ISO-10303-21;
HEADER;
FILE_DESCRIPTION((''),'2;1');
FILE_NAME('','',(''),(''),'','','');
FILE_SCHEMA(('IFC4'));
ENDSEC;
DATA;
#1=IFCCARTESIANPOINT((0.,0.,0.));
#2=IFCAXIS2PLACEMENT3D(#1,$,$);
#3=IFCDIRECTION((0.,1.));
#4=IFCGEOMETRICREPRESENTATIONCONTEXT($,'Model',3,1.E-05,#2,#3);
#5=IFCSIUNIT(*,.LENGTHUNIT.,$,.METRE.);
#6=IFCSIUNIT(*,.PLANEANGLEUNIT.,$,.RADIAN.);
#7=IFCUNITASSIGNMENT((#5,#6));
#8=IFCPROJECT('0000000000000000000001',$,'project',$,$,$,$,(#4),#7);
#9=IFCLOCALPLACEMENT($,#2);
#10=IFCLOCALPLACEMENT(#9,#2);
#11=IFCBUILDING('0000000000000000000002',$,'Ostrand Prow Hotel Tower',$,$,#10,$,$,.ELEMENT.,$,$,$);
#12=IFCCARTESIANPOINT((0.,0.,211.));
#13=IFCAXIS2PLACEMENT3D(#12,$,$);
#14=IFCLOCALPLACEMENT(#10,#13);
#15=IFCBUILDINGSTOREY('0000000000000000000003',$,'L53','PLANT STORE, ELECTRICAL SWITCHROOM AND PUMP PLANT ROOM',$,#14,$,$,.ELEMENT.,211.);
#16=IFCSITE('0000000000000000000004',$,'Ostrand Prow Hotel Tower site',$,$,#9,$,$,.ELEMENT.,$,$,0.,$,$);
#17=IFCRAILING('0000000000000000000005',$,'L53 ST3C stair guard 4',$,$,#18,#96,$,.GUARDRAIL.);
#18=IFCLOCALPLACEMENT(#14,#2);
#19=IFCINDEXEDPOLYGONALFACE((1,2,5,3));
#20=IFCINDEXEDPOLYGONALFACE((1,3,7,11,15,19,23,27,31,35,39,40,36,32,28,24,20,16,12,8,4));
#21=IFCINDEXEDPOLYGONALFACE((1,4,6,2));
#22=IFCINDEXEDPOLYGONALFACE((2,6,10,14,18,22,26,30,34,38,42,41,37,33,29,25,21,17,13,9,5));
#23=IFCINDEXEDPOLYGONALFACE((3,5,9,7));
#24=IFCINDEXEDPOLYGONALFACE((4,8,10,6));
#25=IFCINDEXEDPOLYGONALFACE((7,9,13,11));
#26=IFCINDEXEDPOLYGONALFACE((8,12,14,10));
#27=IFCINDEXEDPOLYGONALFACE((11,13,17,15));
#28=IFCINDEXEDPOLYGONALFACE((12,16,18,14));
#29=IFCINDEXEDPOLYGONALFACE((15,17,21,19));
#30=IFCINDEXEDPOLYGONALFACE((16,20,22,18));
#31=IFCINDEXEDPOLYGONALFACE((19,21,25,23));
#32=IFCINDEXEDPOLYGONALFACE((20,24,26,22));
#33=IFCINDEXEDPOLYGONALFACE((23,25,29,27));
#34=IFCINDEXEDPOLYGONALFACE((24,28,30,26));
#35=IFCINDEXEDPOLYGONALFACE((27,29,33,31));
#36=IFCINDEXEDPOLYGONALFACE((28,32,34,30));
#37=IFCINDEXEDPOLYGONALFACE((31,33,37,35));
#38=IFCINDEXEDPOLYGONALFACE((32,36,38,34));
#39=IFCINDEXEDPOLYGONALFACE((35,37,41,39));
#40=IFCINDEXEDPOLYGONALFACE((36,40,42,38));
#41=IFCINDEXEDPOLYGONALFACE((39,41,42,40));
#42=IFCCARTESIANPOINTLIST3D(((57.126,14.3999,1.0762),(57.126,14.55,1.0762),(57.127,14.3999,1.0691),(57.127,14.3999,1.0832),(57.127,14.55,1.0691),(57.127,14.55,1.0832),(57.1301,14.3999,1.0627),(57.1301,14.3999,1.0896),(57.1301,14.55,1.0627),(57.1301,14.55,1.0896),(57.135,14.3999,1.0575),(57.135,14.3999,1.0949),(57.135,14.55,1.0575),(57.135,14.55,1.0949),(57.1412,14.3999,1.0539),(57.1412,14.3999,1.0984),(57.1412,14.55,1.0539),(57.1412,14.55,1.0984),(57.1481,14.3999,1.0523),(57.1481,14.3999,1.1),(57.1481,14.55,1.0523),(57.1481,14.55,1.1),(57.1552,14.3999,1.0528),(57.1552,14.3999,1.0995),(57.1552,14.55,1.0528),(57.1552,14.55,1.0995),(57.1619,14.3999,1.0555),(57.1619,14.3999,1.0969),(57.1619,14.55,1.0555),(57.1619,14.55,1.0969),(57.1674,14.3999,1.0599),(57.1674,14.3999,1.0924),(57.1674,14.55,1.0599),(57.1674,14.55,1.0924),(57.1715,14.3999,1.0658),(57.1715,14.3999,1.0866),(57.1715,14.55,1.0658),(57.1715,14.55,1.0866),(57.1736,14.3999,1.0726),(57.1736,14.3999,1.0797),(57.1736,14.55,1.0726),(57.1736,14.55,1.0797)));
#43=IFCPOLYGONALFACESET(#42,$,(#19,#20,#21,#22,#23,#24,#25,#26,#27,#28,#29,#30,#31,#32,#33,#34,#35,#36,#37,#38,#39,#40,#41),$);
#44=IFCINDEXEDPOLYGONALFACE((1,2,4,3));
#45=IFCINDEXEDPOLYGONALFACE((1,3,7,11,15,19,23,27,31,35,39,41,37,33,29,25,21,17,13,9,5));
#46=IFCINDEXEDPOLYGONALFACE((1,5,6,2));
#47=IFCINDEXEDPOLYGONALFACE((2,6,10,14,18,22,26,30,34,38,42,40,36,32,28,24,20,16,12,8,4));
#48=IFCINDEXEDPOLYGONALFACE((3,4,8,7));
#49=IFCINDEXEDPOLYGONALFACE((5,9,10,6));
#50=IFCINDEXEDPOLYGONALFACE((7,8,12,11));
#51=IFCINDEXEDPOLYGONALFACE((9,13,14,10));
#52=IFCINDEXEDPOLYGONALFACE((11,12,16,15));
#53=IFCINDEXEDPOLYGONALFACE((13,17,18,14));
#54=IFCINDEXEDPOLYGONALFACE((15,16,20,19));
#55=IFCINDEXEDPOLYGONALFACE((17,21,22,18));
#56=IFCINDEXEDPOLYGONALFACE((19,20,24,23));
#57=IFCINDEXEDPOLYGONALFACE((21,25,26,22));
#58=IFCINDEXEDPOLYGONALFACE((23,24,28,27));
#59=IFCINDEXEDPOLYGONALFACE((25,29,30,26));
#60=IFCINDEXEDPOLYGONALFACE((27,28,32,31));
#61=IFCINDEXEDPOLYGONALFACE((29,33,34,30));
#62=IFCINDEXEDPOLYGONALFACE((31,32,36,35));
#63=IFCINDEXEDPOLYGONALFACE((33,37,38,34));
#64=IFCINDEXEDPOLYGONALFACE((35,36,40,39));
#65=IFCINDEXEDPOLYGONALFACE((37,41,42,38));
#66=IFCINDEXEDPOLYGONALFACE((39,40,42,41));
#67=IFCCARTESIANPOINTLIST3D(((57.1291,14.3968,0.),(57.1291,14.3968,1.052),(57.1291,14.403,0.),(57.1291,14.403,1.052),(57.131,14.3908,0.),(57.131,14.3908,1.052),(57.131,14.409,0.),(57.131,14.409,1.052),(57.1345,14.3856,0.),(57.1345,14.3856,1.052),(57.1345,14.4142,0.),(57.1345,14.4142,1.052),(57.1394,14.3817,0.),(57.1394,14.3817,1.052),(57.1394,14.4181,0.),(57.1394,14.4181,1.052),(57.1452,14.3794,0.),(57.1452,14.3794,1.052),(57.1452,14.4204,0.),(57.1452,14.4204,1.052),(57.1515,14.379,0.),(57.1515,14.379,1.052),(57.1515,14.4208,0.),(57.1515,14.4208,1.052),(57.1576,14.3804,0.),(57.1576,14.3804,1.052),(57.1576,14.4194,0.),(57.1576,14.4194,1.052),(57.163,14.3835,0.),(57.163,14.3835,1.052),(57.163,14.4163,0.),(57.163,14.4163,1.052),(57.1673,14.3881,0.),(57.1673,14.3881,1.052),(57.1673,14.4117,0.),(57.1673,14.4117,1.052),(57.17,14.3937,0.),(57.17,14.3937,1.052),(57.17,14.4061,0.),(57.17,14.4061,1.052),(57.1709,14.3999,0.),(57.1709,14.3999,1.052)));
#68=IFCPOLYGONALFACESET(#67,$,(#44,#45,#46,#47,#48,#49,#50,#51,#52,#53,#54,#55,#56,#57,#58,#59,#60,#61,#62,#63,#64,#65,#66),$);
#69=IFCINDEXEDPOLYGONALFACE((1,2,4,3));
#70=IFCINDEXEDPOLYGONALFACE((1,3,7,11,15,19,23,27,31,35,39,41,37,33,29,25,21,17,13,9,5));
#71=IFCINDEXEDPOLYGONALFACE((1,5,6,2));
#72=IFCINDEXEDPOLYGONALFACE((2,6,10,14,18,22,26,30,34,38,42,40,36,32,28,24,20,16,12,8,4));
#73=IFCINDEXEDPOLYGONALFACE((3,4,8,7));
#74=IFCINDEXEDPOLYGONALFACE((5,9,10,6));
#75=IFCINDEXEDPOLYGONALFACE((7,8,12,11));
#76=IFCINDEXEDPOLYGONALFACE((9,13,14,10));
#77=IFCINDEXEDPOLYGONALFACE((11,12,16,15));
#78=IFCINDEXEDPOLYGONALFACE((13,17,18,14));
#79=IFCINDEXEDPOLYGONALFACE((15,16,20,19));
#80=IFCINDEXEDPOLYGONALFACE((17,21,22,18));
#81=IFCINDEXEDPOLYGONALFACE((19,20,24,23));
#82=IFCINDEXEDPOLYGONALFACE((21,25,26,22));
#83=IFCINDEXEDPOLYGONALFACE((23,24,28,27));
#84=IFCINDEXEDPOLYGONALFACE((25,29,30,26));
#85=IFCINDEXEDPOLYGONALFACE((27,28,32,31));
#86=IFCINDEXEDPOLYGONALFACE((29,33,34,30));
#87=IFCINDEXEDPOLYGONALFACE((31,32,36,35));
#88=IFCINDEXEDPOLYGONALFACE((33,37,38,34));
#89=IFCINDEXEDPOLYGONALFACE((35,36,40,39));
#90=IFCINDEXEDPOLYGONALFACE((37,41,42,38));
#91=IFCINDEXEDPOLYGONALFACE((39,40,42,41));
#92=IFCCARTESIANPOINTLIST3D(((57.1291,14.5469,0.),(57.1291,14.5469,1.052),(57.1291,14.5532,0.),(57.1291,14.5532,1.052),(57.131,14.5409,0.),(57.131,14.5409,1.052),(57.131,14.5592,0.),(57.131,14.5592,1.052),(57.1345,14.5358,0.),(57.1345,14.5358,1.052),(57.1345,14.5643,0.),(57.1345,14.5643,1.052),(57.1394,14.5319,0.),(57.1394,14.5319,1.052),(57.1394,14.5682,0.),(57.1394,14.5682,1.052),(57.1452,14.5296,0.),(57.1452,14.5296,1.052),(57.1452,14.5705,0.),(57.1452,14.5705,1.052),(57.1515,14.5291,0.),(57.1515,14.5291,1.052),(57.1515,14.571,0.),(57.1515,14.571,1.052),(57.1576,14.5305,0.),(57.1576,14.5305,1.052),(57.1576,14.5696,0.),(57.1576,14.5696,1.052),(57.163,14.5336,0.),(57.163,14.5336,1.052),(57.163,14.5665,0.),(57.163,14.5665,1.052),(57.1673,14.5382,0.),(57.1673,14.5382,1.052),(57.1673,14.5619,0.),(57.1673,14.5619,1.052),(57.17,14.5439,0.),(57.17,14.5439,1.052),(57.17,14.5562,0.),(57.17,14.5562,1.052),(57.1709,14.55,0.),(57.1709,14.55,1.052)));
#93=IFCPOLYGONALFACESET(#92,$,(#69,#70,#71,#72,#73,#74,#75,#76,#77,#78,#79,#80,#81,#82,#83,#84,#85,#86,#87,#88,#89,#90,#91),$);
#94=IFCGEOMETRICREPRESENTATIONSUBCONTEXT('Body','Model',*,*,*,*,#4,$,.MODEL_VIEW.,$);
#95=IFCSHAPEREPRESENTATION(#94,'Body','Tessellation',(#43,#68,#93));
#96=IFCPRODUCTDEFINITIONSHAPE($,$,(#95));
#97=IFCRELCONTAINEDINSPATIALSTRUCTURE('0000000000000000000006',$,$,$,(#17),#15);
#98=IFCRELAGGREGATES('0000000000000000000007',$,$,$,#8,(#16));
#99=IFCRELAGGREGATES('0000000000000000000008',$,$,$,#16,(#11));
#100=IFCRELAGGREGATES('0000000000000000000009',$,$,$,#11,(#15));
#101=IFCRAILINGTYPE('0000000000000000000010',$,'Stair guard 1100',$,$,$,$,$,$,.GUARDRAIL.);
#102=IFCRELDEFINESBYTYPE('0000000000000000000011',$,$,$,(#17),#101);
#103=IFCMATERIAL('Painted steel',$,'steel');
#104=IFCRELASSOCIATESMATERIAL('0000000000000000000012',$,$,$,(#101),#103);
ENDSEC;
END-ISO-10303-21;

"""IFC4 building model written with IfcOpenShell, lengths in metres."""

from ifc_helpers import new_model, si_unit, direction, frame, origin, origin_2d, place, context, subcontext, project, spatial, circle, extrude, material, type_object, element, save


model = new_model("IFC4")

# Units and contexts
model_context = context("Model", 3, precision=1e-05, world=origin(), true_north=direction((0.0, 1.0)))
body_context = subcontext(model_context, "Body", "Model", "MODEL_VIEW")
ifc_project = project(units=[si_unit("LENGTHUNIT", "METRE"), si_unit("PLANEANGLEUNIT", "RADIAN")], contexts=[model_context])

# Site, building, storey
site_placement = place(None, origin())
site = spatial("IfcSite", under=ifc_project, at=site_placement, Name="Ostrand Prow Hotel Tower site", CompositionType="ELEMENT", RefElevation=0.0)
building_placement = place(site_placement, origin())
building = spatial("IfcBuilding", under=site, at=building_placement, Name="Ostrand Prow Hotel Tower", CompositionType="ELEMENT")
storey_placement = place(building_placement, frame((0.0, 0.0, 211.0)))
storey = spatial("IfcBuildingStorey", under=building, at=storey_placement, Name="L53", Description="PLANT STORE, ELECTRICAL SWITCHROOM AND PUMP PLANT ROOM", CompositionType="ELEMENT", Elevation=211.0)

# Railing
ifc_material_1 = material(Name="Painted steel", Category="steel")
railing_type_1 = type_object("IfcRailingType", Name="Stair guard 1100", PredefinedType="GUARDRAIL", material=ifc_material_1)
railing_1_placement = place(storey_placement, frame((57.1499, 14.3999, 0.0)))
element("IfcRailing", 1, at=railing_1_placement, inside=storey, type_object=railing_type_1, Name="L53 ST3C stair guard 4", PredefinedType="GUARDRAIL", context=body_context, shape_type="SweptSolid", body=[
    extrude(circle(Radius=0.0239, at=origin_2d()), frame((0.0, 0.0, 1.0762), z_axis=(0.0, 1.0, 0.0), x_axis=(-1.0, 0.0, 0.0)), (0.0, 0.0, 1.0), 0.1501),
    extrude(circle(Radius=0.021, at=origin_2d()), origin(), (0.0, 0.0, 1.0), 1.052),
    extrude(circle(Radius=0.021, at=origin_2d()), frame((0.0, 0.1501, 0.0)), (0.0, 0.0, 1.0), 1.052),
])

save(model, "model.ifc")
